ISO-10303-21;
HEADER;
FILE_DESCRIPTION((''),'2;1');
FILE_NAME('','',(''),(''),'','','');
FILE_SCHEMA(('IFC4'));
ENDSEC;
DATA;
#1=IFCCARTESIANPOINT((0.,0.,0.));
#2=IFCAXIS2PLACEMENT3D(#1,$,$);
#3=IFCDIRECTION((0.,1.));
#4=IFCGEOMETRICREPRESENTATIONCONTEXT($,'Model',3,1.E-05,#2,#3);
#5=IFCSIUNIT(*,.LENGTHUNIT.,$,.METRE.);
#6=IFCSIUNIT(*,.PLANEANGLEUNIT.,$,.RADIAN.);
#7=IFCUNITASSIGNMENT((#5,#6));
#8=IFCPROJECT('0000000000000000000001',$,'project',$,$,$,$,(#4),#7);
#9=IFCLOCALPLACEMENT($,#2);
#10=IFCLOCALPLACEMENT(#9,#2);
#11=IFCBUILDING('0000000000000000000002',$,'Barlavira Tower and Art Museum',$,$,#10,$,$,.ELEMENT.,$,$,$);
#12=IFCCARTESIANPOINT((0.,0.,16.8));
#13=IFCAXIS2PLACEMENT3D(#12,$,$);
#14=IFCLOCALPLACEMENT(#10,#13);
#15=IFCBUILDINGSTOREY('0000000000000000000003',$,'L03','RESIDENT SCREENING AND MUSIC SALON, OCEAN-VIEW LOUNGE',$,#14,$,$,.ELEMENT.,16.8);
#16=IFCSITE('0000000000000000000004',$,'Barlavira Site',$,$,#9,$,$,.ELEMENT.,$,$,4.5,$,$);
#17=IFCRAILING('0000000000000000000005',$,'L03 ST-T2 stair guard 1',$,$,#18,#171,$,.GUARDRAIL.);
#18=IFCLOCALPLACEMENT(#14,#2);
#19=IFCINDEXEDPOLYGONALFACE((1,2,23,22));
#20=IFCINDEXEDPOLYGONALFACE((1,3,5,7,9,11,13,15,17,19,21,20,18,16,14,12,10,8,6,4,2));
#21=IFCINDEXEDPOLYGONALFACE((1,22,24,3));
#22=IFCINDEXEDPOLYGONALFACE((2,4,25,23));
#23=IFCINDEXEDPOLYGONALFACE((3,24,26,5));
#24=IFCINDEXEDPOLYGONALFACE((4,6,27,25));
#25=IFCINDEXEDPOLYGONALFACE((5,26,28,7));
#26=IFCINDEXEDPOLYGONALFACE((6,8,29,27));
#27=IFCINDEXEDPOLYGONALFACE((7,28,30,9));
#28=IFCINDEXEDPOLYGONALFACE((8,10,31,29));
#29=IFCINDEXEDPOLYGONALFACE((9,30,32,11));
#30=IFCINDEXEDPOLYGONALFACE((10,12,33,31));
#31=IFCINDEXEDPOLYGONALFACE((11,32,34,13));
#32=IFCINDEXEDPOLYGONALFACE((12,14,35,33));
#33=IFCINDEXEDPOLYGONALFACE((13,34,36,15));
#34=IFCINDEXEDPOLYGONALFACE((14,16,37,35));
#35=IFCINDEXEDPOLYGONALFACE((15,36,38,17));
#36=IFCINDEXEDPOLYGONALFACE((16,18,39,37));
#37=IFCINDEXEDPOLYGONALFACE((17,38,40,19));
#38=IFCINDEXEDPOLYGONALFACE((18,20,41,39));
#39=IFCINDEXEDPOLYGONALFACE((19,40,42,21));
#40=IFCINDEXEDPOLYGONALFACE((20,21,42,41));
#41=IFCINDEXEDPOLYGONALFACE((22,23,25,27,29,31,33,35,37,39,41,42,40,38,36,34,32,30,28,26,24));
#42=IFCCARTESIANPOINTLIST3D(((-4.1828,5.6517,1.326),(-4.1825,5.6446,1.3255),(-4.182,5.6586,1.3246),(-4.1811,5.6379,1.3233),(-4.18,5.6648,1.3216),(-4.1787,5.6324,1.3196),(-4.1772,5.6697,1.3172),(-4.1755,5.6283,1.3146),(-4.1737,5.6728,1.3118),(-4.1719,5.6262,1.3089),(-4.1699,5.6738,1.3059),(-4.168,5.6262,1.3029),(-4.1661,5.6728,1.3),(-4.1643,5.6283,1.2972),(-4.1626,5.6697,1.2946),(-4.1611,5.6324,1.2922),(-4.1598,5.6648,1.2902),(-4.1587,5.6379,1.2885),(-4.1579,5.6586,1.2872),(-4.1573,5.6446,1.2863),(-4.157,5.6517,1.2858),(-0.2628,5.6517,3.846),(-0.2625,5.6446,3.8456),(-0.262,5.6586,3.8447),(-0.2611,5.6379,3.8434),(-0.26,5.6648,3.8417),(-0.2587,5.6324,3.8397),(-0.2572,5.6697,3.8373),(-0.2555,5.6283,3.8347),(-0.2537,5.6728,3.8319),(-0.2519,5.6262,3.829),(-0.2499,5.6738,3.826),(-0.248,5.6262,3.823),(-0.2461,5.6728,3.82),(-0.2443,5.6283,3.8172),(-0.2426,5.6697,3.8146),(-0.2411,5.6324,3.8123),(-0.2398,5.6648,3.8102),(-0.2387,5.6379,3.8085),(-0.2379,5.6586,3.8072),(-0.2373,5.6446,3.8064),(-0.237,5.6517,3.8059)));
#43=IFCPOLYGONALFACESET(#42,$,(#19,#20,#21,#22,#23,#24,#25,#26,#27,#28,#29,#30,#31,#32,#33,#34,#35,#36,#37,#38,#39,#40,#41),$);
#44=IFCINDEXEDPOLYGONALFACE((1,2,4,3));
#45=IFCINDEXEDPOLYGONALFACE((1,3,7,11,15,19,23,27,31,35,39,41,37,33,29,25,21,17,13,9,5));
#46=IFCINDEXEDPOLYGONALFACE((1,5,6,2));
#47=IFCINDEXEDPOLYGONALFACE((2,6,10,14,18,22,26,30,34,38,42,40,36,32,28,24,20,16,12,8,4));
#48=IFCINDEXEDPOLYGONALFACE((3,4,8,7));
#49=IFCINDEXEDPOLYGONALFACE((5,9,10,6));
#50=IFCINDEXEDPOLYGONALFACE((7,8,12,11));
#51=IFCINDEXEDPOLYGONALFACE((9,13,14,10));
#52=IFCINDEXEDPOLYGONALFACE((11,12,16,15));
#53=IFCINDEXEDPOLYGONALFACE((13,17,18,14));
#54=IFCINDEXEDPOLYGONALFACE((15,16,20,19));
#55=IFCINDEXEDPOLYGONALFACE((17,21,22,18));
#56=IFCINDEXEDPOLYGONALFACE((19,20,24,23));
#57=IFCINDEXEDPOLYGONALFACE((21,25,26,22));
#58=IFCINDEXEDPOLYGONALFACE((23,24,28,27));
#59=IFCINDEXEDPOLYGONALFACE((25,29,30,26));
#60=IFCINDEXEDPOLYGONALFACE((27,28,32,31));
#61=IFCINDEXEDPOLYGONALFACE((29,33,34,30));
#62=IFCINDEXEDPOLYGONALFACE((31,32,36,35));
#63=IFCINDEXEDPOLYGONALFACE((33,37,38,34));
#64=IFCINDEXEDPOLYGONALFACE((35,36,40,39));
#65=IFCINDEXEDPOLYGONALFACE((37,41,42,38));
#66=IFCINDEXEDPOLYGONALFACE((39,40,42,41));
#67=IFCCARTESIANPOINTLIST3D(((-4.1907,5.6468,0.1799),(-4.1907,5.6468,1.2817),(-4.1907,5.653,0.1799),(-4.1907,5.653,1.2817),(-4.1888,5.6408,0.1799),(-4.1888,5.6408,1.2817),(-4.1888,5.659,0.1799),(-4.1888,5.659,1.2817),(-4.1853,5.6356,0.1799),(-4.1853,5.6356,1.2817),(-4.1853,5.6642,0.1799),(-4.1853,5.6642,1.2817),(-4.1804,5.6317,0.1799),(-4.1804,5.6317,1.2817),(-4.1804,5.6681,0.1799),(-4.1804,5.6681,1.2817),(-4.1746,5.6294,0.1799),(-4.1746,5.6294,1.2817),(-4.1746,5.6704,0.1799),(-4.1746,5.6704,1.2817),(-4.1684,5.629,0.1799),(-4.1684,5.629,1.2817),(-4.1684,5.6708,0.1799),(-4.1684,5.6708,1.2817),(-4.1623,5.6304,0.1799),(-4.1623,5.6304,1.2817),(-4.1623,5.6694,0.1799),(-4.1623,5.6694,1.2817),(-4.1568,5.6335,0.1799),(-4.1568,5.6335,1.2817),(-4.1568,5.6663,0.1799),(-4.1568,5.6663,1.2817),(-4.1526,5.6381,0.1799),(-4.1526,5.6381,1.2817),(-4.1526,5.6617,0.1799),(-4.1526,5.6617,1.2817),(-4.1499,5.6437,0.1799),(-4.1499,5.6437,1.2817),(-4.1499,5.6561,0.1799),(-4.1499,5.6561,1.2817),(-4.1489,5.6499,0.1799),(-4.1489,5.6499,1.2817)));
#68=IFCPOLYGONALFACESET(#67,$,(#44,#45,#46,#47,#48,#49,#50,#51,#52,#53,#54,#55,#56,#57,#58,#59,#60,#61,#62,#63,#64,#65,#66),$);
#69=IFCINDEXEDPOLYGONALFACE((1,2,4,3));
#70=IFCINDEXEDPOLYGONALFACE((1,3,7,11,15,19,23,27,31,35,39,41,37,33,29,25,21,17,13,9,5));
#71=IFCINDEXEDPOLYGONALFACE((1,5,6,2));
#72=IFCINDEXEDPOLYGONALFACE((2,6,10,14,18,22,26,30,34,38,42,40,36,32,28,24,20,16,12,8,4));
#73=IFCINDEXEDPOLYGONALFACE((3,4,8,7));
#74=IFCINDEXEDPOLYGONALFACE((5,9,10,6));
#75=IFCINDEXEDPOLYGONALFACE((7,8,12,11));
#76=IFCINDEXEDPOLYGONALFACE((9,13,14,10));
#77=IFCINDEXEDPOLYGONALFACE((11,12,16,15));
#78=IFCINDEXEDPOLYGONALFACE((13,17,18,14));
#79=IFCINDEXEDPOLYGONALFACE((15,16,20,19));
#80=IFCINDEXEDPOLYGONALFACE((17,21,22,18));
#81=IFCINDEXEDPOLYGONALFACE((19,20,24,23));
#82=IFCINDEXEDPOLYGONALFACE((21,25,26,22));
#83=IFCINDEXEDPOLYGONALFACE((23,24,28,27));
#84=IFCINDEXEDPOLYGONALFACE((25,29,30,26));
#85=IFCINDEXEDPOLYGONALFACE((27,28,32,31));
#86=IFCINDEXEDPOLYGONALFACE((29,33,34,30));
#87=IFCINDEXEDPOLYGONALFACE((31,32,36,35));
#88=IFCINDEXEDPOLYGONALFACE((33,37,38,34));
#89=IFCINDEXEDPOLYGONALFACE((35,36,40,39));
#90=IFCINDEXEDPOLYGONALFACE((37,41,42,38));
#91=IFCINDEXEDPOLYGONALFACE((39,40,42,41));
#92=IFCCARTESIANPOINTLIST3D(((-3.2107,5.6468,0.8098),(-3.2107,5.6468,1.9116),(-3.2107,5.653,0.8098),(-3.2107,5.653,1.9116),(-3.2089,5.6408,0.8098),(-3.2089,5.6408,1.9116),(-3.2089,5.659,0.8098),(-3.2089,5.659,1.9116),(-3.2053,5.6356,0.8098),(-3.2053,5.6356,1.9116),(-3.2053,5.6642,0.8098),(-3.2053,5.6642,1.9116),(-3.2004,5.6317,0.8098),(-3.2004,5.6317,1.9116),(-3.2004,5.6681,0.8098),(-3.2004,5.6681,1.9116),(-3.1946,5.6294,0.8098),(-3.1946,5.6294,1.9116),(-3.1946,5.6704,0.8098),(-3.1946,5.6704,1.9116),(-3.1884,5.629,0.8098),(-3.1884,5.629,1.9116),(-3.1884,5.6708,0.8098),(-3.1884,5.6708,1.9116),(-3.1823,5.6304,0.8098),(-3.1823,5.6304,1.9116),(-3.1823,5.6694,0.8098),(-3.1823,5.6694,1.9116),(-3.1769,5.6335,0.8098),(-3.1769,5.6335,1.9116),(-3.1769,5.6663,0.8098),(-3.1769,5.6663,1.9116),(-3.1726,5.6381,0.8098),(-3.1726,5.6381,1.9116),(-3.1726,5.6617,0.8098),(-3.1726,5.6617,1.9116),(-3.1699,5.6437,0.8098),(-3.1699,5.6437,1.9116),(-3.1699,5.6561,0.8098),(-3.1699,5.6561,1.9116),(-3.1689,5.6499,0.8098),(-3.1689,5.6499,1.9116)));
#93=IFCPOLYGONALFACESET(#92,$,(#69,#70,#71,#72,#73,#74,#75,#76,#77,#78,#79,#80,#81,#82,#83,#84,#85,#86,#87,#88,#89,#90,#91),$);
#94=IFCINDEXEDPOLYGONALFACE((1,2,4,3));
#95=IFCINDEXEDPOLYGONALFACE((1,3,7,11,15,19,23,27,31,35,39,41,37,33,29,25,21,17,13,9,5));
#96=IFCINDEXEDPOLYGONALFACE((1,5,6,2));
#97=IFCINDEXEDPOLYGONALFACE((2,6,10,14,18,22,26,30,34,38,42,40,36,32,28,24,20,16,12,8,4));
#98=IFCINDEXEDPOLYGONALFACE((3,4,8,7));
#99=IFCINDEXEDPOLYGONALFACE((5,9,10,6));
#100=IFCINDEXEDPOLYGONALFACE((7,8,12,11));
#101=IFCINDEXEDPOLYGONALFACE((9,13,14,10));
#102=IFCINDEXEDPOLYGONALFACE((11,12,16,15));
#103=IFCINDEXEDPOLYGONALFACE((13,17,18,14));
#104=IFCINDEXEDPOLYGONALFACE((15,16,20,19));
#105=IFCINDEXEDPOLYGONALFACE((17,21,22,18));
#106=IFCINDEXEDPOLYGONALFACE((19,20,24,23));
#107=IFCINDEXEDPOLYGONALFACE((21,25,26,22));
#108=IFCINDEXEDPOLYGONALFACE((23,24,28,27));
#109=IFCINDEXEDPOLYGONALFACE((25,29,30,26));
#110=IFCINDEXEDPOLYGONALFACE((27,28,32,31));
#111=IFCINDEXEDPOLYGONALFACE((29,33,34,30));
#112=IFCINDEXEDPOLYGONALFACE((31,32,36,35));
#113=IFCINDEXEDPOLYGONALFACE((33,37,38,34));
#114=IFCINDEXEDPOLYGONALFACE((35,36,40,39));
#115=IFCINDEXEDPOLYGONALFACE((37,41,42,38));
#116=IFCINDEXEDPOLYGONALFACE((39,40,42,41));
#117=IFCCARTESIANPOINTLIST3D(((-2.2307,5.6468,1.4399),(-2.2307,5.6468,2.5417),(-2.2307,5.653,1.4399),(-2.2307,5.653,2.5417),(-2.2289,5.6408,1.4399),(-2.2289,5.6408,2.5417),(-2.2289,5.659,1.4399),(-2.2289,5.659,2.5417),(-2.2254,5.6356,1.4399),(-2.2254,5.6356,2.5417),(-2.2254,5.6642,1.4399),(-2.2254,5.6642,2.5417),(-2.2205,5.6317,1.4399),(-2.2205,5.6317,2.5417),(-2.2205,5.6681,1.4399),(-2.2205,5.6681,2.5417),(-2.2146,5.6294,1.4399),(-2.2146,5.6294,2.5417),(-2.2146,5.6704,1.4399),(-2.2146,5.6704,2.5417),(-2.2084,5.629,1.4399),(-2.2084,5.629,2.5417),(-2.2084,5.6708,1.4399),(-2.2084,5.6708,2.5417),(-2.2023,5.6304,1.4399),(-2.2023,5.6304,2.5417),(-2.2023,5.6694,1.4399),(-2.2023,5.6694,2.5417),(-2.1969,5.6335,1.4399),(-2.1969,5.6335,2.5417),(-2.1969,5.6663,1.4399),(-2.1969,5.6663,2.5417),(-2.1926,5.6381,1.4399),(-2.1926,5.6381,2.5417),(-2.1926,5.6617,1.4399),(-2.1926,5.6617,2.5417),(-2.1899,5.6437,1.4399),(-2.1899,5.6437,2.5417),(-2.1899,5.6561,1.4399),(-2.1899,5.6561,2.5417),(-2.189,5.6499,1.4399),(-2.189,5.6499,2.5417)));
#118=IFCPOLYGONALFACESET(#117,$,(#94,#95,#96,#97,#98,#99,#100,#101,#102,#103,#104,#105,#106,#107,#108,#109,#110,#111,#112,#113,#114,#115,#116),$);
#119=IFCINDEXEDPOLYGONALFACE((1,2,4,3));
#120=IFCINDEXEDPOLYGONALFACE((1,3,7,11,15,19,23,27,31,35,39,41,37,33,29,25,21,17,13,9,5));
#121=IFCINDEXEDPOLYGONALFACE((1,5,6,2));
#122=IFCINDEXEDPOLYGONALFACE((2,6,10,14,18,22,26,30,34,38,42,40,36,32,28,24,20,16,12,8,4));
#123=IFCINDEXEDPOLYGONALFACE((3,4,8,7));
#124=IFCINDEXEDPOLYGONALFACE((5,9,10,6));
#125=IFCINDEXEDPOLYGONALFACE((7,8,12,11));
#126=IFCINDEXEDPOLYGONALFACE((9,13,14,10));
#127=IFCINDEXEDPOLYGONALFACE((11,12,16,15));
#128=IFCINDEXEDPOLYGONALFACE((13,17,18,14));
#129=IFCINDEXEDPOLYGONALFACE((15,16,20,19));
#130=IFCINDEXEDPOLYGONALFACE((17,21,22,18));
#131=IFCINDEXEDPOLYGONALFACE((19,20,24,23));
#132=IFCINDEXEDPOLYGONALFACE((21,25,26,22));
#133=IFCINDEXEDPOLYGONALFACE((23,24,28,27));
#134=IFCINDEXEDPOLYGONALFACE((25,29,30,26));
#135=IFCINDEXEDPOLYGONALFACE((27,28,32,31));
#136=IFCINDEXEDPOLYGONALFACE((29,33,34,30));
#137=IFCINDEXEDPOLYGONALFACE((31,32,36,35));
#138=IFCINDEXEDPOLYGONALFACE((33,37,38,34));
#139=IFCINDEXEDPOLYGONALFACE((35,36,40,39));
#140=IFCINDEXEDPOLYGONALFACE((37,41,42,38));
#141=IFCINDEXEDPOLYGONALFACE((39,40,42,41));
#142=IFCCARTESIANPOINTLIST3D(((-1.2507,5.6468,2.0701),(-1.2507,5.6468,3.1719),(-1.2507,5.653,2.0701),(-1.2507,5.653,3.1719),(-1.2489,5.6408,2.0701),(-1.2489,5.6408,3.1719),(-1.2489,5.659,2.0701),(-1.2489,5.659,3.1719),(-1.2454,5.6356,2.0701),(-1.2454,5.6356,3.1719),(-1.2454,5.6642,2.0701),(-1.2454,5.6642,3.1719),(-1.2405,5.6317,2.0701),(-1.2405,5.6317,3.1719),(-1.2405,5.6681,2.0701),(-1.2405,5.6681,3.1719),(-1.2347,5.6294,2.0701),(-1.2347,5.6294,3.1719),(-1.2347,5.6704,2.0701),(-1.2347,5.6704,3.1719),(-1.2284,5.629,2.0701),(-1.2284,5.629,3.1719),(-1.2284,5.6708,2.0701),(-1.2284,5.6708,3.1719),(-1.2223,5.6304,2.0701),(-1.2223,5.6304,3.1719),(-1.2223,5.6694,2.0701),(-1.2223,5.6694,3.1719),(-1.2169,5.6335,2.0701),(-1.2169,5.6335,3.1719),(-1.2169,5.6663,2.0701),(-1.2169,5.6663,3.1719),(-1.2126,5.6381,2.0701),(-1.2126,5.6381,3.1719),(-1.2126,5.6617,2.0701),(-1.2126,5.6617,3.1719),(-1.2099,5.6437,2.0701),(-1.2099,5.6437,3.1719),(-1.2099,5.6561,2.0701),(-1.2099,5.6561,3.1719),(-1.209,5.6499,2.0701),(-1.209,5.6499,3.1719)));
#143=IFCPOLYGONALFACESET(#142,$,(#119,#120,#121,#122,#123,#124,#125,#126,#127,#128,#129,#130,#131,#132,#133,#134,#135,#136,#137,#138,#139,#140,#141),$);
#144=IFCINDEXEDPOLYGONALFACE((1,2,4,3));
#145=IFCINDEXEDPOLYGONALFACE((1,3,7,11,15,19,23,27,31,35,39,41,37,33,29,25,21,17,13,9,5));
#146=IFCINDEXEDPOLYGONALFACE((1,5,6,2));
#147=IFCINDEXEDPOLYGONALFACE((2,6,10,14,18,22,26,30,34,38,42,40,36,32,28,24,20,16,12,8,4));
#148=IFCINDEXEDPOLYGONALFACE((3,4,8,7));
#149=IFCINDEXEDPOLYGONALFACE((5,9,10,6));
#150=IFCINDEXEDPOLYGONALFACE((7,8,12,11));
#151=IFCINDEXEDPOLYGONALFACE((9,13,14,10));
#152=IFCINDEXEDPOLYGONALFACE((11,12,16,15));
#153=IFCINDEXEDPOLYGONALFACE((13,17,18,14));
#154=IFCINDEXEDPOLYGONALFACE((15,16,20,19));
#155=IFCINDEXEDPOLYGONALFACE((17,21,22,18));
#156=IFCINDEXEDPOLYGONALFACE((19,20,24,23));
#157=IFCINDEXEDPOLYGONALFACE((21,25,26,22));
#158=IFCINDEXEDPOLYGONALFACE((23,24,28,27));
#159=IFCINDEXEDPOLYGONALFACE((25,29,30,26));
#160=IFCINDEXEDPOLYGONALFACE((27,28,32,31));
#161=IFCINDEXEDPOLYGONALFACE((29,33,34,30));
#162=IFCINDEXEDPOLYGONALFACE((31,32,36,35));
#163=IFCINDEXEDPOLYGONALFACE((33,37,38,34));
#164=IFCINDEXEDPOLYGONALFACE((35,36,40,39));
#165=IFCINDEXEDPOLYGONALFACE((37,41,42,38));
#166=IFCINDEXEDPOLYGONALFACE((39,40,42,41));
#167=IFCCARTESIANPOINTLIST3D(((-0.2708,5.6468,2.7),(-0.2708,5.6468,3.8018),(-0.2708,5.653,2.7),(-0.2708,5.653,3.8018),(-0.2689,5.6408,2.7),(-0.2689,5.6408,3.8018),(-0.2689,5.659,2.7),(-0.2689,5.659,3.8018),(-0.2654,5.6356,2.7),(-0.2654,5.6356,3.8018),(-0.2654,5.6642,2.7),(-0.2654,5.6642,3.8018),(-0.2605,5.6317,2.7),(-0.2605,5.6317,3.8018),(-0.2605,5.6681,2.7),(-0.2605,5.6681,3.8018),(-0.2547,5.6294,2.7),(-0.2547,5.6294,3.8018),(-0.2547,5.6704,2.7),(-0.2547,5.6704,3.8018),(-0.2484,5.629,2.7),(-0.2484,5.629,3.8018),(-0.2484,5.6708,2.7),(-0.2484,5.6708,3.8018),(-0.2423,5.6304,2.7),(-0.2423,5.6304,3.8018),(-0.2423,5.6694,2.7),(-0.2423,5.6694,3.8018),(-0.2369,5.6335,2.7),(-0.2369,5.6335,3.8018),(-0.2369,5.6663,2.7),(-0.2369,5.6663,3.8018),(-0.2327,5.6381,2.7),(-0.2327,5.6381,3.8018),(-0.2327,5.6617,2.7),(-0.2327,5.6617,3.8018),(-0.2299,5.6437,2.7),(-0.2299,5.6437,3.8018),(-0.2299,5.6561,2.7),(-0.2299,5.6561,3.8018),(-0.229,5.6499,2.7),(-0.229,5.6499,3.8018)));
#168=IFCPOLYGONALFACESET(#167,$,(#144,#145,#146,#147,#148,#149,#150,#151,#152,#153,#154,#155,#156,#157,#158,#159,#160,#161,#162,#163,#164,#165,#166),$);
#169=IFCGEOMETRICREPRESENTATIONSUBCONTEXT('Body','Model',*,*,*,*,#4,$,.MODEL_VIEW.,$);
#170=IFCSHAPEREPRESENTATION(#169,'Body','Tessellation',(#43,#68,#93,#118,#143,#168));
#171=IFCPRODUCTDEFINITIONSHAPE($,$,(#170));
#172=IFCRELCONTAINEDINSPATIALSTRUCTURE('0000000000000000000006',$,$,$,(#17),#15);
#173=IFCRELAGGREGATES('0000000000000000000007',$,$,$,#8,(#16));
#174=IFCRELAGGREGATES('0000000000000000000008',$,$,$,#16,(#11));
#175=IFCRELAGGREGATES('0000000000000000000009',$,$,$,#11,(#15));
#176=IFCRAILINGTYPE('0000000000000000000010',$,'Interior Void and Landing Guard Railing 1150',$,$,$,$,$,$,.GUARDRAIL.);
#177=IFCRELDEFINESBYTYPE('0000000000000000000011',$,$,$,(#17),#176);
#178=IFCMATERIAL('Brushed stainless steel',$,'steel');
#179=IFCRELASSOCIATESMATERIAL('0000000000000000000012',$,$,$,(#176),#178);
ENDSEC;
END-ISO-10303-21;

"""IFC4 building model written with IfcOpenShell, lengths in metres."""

from ifc_helpers import new_model, si_unit, direction, frame, origin, origin_2d, place, context, subcontext, project, spatial, circle, extrude, material, type_object, element, save


model = new_model("IFC4")

# Units and contexts
model_context = context("Model", 3, precision=1e-05, world=origin(), true_north=direction((0.0, 1.0)))
body_context = subcontext(model_context, "Body", "Model", "MODEL_VIEW")
ifc_project = project(units=[si_unit("LENGTHUNIT", "METRE"), si_unit("PLANEANGLEUNIT", "RADIAN")], contexts=[model_context])

# Site, building, storey
site_placement = place(None, origin())
site = spatial("IfcSite", under=ifc_project, at=site_placement, Name="Barlavira Site", CompositionType="ELEMENT", RefElevation=4.5)
building_placement = place(site_placement, origin())
building = spatial("IfcBuilding", under=site, at=building_placement, Name="Barlavira Tower and Art Museum", CompositionType="ELEMENT")
storey_placement = place(building_placement, frame((0.0, 0.0, 16.8)))
storey = spatial("IfcBuildingStorey", under=building, at=storey_placement, Name="L03", Description="RESIDENT SCREENING AND MUSIC SALON, OCEAN-VIEW LOUNGE", CompositionType="ELEMENT", Elevation=16.8)

# Shared definitions
ifc_material_1 = material(Name="Brushed stainless steel", Category="steel")

# Railing
railing_type_1 = type_object("IfcRailingType", Name="Interior Void and Landing Guard Railing 1150", PredefinedType="GUARDRAIL", material=ifc_material_1)
railing_1_placement = place(storey_placement, frame((-4.1699, 5.6499, 0.1799)))
element("IfcRailing", 1, at=railing_1_placement, inside=storey, type_object=railing_type_1, Name="L03 ST-T2 stair guard 1", PredefinedType="GUARDRAIL", context=body_context, shape_type="SweptSolid", body=[
    extrude(circle(Radius=0.0239, at=origin_2d()), frame((0.0, 0.0, 1.126), z_axis=(0.841172, 0.0, 0.540768), x_axis=(0.0, 1.0, 0.0)), (0.0, 0.0, 1.0), 4.6602),
    extrude(circle(Radius=0.021, at=origin_2d()), origin(), (0.0, 0.0, 1.0), 1.1018),
    extrude(circle(Radius=0.021, at=origin_2d()), frame((0.98, 0.0, 0.6299)), (0.0, 0.0, 1.0), 1.1018),
    extrude(circle(Radius=0.021, at=origin_2d()), frame((1.96, 0.0, 1.26)), (0.0, 0.0, 1.0), 1.1018),
    extrude(circle(Radius=0.021, at=origin_2d()), frame((2.9399, 0.0, 1.8901)), (0.0, 0.0, 1.0), 1.1018),
    extrude(circle(Radius=0.021, at=origin_2d()), frame((3.9199, 0.0, 2.52)), (0.0, 0.0, 1.0), 1.1018),
])

save(model, "model.ifc")
